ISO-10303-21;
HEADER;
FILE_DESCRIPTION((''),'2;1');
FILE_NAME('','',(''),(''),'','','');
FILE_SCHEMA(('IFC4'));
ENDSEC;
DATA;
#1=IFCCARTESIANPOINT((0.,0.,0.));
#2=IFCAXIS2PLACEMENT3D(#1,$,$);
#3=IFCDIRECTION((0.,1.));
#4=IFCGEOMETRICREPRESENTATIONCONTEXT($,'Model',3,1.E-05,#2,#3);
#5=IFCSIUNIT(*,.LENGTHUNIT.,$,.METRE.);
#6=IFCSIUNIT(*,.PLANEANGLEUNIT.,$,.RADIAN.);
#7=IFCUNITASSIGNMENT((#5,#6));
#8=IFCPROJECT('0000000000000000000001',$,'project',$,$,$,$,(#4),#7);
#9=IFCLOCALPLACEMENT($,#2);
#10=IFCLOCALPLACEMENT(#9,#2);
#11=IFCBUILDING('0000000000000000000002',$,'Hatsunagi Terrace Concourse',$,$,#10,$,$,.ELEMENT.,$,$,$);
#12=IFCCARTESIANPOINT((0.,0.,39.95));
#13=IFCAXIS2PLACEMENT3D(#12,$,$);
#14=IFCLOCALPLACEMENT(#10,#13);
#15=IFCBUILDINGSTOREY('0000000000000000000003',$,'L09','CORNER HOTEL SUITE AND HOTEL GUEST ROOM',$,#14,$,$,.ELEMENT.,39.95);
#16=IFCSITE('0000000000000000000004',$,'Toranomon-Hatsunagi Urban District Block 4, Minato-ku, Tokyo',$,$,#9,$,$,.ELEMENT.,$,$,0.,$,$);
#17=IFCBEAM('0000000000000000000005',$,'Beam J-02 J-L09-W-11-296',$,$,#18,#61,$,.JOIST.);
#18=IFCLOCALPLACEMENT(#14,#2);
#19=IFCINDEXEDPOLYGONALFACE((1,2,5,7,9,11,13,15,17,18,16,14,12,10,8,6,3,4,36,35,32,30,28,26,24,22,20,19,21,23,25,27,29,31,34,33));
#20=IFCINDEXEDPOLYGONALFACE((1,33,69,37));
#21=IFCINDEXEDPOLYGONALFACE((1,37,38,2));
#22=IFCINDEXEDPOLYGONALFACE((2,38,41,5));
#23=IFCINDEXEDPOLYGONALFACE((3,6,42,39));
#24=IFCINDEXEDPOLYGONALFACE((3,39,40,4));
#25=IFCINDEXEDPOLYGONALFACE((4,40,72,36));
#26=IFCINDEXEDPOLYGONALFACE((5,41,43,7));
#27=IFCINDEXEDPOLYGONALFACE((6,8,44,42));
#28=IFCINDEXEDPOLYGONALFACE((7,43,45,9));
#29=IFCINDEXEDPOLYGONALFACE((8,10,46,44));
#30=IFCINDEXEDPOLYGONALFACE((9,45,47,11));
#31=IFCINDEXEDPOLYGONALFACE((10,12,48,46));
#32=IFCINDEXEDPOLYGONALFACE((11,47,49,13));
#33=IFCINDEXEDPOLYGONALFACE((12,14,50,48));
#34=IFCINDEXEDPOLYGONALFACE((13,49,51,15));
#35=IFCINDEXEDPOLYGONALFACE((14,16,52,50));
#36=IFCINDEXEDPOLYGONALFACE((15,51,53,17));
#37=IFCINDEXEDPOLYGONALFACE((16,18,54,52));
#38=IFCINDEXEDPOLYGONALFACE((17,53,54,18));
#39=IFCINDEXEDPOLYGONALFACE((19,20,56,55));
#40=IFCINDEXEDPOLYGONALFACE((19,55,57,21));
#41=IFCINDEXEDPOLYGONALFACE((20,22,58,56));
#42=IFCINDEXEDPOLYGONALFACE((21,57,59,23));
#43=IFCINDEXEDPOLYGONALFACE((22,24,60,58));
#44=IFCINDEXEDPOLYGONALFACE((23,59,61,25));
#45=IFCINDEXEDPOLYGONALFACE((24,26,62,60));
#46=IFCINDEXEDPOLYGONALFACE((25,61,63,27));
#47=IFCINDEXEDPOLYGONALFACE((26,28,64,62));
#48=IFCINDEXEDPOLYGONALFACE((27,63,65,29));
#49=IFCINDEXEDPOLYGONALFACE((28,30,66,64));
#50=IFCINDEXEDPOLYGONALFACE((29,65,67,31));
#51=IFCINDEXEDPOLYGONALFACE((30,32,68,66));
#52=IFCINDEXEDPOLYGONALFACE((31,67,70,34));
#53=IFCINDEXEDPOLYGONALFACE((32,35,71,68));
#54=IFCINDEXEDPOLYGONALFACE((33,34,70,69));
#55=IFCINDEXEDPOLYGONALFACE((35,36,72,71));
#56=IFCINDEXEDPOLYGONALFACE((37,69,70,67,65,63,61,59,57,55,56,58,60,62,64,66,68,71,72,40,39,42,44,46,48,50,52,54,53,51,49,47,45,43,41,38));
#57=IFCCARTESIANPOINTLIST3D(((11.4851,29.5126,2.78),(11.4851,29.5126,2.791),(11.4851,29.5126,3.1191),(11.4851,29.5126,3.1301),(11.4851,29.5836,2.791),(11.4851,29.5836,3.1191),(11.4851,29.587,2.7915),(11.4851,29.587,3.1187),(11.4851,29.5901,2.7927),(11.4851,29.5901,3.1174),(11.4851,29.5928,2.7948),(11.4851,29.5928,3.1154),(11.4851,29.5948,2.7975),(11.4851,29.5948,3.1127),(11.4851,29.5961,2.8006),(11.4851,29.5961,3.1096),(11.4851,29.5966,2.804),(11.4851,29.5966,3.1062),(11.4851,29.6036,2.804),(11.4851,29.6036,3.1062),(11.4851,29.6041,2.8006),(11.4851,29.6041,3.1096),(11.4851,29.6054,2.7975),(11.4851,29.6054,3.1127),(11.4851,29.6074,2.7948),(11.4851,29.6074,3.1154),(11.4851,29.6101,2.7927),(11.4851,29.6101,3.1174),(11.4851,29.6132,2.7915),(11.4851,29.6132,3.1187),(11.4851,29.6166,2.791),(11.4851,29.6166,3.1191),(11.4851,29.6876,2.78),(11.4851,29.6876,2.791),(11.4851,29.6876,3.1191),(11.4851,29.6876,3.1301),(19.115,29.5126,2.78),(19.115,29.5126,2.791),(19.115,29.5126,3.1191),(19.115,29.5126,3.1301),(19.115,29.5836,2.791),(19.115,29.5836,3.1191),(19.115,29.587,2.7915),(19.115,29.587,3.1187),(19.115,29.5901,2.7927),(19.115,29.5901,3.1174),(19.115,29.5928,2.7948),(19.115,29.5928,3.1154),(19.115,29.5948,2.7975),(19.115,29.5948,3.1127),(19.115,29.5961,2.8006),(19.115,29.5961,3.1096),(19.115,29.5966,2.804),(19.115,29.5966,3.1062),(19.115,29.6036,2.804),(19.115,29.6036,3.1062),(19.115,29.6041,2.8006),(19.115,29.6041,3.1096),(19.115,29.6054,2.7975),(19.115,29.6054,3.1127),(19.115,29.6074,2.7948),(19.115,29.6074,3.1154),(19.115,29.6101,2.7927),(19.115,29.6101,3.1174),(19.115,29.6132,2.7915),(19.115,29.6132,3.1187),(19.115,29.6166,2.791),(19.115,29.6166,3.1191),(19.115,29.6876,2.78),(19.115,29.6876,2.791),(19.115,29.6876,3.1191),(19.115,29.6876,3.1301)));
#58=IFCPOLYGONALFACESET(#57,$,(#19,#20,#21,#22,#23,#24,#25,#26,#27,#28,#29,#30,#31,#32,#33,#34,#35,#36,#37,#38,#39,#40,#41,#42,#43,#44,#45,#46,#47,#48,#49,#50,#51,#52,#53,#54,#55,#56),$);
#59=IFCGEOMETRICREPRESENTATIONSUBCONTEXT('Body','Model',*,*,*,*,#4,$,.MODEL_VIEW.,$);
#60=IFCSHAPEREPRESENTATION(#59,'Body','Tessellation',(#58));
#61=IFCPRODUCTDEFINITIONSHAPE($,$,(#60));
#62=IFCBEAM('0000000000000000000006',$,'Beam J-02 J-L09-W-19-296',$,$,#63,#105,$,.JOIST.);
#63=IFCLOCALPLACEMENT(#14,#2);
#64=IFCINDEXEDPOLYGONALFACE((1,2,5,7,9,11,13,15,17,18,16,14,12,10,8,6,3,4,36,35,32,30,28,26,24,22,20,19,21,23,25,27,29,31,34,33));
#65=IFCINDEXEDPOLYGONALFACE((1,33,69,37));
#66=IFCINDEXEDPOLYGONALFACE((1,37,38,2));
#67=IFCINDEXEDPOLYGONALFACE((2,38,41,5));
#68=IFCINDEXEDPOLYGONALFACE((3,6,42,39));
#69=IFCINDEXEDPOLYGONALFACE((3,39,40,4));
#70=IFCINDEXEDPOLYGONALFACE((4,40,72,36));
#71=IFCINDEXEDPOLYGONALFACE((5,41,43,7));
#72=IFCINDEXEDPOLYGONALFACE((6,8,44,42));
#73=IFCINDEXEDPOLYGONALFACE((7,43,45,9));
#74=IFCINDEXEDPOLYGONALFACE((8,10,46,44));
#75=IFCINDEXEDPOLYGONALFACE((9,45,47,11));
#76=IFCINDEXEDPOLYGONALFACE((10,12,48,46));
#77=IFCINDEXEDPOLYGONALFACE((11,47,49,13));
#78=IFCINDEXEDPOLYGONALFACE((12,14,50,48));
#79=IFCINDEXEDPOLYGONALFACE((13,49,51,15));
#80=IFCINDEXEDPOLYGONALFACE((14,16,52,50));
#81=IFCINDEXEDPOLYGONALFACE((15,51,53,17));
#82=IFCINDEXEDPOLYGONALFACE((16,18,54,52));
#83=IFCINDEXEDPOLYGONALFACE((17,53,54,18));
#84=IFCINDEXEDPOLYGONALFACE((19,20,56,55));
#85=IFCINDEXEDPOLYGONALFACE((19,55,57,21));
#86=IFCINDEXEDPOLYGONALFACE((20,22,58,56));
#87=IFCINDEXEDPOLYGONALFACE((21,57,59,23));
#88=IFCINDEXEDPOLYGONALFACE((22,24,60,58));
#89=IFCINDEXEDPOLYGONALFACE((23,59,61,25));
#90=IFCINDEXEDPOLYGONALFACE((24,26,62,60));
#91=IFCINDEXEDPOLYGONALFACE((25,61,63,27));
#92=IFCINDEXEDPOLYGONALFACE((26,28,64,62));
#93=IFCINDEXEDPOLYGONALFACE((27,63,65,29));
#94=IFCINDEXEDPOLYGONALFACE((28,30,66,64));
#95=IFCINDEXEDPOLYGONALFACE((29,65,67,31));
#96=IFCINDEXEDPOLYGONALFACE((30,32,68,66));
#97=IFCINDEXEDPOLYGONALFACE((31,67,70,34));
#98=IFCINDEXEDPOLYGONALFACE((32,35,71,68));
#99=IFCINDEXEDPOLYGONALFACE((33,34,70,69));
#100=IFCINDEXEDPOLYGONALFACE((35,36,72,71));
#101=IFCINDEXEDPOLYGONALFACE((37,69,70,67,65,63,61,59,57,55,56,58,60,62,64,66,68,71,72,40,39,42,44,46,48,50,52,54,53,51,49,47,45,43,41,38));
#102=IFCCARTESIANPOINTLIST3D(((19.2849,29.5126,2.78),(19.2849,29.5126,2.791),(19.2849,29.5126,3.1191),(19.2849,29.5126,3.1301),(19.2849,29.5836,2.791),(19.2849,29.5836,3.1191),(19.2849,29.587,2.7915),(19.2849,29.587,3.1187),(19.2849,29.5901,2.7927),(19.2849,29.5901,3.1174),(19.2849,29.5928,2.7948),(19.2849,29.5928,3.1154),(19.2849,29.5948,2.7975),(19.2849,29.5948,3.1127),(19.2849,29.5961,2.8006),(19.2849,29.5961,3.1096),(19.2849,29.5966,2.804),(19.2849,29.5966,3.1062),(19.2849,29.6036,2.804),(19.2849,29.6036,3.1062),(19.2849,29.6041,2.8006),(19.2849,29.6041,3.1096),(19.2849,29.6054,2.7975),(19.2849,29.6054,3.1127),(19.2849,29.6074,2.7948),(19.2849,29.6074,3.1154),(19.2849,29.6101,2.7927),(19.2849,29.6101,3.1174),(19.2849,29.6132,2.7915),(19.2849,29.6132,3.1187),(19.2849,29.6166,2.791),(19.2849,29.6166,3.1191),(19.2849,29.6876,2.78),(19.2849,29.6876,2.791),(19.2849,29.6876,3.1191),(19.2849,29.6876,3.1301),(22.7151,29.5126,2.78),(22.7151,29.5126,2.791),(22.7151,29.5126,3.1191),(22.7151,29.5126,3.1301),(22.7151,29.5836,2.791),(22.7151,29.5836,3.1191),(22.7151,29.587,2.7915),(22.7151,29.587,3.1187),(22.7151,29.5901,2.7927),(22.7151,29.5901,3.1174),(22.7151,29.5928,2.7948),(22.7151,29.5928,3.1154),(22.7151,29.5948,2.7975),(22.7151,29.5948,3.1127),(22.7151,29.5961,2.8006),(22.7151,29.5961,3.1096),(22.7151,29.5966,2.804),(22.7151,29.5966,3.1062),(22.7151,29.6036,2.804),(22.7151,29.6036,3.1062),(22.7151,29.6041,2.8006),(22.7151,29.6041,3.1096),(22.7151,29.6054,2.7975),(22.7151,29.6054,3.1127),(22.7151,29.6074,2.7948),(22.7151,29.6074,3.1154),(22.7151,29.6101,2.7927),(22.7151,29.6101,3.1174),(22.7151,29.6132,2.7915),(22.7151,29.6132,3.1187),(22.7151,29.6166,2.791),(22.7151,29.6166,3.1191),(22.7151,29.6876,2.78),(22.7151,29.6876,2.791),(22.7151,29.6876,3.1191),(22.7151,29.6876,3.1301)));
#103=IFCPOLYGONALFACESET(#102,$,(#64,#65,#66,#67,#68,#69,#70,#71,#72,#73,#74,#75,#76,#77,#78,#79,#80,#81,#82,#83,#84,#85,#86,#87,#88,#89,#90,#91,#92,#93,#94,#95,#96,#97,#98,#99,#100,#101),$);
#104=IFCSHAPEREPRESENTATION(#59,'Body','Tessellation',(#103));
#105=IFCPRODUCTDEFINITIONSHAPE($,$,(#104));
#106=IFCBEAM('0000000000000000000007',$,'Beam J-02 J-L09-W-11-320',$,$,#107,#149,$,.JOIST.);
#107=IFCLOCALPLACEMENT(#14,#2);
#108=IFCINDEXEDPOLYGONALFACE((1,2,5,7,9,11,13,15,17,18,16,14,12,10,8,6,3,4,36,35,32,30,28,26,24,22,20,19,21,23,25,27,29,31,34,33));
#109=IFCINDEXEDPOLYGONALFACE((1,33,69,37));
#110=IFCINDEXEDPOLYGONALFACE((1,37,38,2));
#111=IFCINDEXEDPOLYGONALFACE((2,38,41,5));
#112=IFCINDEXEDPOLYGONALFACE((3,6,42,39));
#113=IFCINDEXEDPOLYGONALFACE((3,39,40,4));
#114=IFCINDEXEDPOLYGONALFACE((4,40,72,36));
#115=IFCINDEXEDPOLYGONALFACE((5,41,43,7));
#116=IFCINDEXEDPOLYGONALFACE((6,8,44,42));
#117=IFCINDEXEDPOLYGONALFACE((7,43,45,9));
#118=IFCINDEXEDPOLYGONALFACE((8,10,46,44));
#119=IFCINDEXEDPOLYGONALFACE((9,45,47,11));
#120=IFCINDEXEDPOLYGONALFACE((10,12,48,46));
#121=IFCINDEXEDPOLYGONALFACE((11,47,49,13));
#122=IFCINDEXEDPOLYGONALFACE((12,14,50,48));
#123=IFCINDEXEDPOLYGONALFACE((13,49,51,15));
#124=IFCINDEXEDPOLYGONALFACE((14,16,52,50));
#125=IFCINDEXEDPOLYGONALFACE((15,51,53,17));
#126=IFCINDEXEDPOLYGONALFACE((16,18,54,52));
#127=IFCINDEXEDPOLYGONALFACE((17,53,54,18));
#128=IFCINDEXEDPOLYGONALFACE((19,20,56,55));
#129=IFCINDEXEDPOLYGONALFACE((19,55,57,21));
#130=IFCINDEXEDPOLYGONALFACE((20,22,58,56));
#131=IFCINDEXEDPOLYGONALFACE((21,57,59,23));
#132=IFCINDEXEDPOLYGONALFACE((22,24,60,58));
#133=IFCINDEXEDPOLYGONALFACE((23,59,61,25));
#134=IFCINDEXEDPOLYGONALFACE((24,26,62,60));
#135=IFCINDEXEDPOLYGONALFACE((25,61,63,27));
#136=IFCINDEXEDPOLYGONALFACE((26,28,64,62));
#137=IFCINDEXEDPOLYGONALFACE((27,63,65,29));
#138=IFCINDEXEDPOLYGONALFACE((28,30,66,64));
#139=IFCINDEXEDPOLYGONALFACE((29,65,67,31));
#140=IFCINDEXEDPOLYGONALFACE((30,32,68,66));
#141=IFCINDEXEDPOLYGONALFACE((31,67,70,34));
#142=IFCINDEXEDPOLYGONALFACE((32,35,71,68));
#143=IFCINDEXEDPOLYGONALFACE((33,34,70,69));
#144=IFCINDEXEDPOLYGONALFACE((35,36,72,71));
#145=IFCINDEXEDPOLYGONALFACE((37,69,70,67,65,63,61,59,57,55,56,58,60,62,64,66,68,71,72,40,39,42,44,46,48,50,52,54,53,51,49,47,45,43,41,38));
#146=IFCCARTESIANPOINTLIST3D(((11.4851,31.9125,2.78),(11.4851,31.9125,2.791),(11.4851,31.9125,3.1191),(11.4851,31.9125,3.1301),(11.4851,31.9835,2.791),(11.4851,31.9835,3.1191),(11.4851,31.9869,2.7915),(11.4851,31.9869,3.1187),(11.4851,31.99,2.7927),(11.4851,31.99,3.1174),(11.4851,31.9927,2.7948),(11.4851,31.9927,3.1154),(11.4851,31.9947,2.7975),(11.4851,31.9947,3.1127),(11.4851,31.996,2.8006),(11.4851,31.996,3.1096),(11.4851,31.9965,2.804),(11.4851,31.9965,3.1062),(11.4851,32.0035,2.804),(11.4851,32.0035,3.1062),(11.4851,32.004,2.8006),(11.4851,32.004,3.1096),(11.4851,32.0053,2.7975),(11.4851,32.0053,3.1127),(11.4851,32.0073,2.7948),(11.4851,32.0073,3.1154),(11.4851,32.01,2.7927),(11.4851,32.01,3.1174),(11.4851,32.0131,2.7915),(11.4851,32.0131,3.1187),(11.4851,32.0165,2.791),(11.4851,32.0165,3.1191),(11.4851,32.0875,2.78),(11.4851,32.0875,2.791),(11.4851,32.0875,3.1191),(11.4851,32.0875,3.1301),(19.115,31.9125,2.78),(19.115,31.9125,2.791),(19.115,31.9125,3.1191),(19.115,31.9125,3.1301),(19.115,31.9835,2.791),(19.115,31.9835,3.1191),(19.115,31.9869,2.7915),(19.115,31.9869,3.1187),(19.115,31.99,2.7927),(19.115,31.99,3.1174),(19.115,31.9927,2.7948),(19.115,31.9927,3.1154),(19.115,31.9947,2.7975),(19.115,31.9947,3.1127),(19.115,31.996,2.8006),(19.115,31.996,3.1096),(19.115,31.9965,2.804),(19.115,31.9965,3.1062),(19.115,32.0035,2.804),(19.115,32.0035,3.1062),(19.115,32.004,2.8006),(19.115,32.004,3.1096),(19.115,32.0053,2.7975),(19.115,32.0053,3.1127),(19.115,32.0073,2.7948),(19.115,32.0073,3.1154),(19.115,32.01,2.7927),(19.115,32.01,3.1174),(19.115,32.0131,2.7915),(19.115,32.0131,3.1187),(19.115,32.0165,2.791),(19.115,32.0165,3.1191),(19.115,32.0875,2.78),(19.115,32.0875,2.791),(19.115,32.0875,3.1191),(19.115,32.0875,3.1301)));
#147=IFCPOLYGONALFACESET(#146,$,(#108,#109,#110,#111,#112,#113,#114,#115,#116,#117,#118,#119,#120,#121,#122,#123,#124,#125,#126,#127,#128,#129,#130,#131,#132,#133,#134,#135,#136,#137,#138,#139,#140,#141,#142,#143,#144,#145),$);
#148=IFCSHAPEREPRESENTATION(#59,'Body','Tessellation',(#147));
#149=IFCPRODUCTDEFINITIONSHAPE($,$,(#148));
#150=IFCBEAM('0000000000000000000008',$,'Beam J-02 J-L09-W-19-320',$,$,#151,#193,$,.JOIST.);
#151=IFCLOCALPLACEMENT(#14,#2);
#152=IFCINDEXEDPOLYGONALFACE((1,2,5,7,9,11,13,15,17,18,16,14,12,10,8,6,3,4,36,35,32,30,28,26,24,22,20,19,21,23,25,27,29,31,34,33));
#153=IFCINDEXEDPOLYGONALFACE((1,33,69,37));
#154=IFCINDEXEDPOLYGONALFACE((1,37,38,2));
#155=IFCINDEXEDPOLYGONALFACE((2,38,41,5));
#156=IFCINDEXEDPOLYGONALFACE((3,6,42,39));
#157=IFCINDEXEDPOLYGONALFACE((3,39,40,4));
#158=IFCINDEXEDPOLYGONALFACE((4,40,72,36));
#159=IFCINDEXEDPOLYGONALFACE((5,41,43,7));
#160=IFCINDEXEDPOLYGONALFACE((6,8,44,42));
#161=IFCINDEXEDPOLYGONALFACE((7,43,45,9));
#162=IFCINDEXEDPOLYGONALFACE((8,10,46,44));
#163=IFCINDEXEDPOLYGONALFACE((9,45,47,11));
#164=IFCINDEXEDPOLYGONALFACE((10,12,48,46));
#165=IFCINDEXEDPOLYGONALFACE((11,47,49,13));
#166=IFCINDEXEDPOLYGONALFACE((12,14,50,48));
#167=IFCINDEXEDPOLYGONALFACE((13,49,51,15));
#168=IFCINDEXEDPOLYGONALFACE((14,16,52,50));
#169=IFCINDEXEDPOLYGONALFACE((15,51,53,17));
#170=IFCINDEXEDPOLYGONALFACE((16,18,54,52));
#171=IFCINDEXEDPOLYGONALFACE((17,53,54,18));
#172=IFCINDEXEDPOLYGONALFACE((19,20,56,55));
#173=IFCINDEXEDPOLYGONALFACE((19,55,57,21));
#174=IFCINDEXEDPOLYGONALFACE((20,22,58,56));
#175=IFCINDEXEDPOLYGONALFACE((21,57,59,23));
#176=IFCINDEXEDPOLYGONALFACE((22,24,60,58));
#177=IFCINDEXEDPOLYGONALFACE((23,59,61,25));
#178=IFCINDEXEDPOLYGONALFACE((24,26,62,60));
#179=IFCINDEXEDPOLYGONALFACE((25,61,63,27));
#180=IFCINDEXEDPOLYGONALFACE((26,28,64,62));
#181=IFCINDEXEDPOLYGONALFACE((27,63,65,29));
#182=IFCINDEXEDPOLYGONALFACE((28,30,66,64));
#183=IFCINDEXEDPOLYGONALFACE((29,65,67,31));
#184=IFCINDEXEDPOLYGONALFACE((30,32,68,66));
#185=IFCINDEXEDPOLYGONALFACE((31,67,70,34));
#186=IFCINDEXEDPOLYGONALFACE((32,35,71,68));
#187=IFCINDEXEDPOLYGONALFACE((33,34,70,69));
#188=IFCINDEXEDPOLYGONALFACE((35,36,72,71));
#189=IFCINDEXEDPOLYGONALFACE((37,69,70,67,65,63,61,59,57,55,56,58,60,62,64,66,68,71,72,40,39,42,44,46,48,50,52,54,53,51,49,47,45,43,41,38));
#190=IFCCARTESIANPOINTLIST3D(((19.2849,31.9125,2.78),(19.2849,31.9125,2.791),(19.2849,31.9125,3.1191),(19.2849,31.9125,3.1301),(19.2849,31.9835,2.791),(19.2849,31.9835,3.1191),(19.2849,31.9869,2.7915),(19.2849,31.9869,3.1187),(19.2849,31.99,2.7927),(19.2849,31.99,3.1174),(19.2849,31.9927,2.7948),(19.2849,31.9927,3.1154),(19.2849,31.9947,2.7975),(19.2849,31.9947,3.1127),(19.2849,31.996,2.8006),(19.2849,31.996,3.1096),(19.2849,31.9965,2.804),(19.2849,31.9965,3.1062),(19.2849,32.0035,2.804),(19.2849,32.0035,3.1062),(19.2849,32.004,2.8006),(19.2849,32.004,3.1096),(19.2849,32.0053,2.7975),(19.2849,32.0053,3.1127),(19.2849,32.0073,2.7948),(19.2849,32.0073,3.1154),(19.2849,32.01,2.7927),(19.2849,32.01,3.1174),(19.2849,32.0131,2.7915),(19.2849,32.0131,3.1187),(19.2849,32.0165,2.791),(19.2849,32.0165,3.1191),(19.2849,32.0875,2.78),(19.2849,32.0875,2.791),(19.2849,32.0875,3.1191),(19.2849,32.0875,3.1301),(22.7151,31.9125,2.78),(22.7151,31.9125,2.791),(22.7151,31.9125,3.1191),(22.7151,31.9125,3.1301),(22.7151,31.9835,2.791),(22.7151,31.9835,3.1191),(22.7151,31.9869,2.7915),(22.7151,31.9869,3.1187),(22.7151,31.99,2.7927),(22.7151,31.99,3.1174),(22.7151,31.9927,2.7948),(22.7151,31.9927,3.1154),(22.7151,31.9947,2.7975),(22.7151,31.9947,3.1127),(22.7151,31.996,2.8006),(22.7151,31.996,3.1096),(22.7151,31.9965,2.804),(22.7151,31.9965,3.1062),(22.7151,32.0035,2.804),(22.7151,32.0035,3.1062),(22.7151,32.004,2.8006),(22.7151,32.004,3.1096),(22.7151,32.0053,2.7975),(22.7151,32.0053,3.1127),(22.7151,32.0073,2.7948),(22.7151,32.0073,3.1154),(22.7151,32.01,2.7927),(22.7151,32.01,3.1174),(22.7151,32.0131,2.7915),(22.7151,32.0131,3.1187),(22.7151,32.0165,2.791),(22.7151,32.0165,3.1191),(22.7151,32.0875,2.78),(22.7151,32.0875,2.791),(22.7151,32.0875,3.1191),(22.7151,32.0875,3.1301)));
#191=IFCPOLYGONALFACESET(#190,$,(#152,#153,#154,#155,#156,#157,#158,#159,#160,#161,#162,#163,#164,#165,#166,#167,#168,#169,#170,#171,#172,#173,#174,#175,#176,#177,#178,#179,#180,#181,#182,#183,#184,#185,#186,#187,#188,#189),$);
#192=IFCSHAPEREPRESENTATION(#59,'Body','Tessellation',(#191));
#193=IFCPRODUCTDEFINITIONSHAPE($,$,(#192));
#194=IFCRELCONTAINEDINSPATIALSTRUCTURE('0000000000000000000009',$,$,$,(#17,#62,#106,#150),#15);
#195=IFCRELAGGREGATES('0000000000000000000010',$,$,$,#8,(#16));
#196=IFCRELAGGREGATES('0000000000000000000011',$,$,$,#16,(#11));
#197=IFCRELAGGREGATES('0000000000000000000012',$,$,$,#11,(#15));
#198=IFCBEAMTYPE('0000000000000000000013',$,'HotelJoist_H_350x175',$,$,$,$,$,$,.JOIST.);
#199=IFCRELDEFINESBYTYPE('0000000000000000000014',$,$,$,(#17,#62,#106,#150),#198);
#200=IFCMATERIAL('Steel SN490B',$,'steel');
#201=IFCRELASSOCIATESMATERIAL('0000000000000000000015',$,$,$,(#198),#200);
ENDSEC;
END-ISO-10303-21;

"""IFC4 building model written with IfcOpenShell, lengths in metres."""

from ifc_helpers import new_model, si_unit, direction, frame, origin, origin_2d, place, context, subcontext, project, spatial, i_section, extrude, material, material_profile, profile_set, type_object, element, save


model = new_model("IFC4")

# Units and contexts
model_context = context("Model", 3, precision=1e-05, world=origin(), true_north=direction((0.0, 1.0)))
body_context = subcontext(model_context, "Body", "Model", "MODEL_VIEW")
ifc_project = project(units=[si_unit("LENGTHUNIT", "METRE"), si_unit("PLANEANGLEUNIT", "RADIAN")], contexts=[model_context])

# Site, building, storey
site_placement = place(None, origin())
site = spatial("IfcSite", under=ifc_project, at=site_placement, Name="Toranomon-Hatsunagi Urban District Block 4, Minato-ku, Tokyo", CompositionType="ELEMENT", RefElevation=0.0)
building_placement = place(site_placement, origin())
building = spatial("IfcBuilding", under=site, at=building_placement, Name="Hatsunagi Terrace Concourse", CompositionType="ELEMENT")
storey_placement = place(building_placement, frame((0.0, 0.0, 39.95)))
storey = spatial("IfcBuildingStorey", under=building, at=storey_placement, Name="L09", Description="CORNER HOTEL SUITE AND HOTEL GUEST ROOM", CompositionType="ELEMENT", Elevation=39.95)

# Beams
ifc_material_1 = material(Name="Steel SN490B", Category="steel")
ifc_material_profile_1 = material_profile(ifc_material_1, i_section(OverallWidth=0.175, OverallDepth=0.3501, WebThickness=0.0071, FlangeThickness=0.011, FilletRadius=0.0129, at=origin_2d()), Name="H-350x175x7x11")
ifc_profile_set_1 = profile_set([ifc_material_profile_1], Name="Steel SN490B")
beam_type_1 = type_object("IfcBeamType", Name="HotelJoist_H_350x175", PredefinedType="JOIST", material=ifc_profile_set_1)
beam_1_placement = place(storey_placement, frame((11.4851, 29.6001, 2.9551), z_axis=(1.0, 0.0, 0.0), x_axis=(0.0, 1.0, 0.0)))
element("IfcBeam", 1, at=beam_1_placement, inside=storey, type_object=beam_type_1, Name="Beam J-02 J-L09-W-11-296", PredefinedType="JOIST", context=body_context, shape_type="SweptSolid", body=[
    extrude(i_section(OverallWidth=0.175, OverallDepth=0.3501, WebThickness=0.0071, FlangeThickness=0.011, FilletRadius=0.0129, at=origin_2d()), origin(), (0.0, 0.0, 1.0), 7.6299),
])
beam_2_placement = place(storey_placement, frame((19.2849, 29.6001, 2.9551), z_axis=(1.0, 0.0, 0.0), x_axis=(0.0, 1.0, 0.0)))
element("IfcBeam", 2, at=beam_2_placement, inside=storey, type_object=beam_type_1, Name="Beam J-02 J-L09-W-19-296", PredefinedType="JOIST", context=body_context, shape_type="SweptSolid", body=[
    extrude(i_section(OverallWidth=0.175, OverallDepth=0.3501, WebThickness=0.0071, FlangeThickness=0.011, FilletRadius=0.0129, at=origin_2d()), origin(), (0.0, 0.0, 1.0), 3.4302),
])
beam_3_placement = place(storey_placement, frame((11.4851, 32.0, 2.9551), z_axis=(1.0, 0.0, 0.0), x_axis=(0.0, 1.0, 0.0)))
element("IfcBeam", 3, at=beam_3_placement, inside=storey, type_object=beam_type_1, Name="Beam J-02 J-L09-W-11-320", PredefinedType="JOIST", context=body_context, shape_type="SweptSolid", body=[
    extrude(i_section(OverallWidth=0.175, OverallDepth=0.3501, WebThickness=0.0071, FlangeThickness=0.011, FilletRadius=0.0129, at=origin_2d()), origin(), (0.0, 0.0, 1.0), 7.6299),
])
beam_4_placement = place(storey_placement, frame((19.2849, 32.0, 2.9551), z_axis=(1.0, 0.0, 0.0), x_axis=(0.0, 1.0, 0.0)))
element("IfcBeam", 4, at=beam_4_placement, inside=storey, type_object=beam_type_1, Name="Beam J-02 J-L09-W-19-320", PredefinedType="JOIST", context=body_context, shape_type="SweptSolid", body=[
    extrude(i_section(OverallWidth=0.175, OverallDepth=0.3501, WebThickness=0.0071, FlangeThickness=0.011, FilletRadius=0.0129, at=origin_2d()), origin(), (0.0, 0.0, 1.0), 3.4302),
])

save(model, "model.ifc")
